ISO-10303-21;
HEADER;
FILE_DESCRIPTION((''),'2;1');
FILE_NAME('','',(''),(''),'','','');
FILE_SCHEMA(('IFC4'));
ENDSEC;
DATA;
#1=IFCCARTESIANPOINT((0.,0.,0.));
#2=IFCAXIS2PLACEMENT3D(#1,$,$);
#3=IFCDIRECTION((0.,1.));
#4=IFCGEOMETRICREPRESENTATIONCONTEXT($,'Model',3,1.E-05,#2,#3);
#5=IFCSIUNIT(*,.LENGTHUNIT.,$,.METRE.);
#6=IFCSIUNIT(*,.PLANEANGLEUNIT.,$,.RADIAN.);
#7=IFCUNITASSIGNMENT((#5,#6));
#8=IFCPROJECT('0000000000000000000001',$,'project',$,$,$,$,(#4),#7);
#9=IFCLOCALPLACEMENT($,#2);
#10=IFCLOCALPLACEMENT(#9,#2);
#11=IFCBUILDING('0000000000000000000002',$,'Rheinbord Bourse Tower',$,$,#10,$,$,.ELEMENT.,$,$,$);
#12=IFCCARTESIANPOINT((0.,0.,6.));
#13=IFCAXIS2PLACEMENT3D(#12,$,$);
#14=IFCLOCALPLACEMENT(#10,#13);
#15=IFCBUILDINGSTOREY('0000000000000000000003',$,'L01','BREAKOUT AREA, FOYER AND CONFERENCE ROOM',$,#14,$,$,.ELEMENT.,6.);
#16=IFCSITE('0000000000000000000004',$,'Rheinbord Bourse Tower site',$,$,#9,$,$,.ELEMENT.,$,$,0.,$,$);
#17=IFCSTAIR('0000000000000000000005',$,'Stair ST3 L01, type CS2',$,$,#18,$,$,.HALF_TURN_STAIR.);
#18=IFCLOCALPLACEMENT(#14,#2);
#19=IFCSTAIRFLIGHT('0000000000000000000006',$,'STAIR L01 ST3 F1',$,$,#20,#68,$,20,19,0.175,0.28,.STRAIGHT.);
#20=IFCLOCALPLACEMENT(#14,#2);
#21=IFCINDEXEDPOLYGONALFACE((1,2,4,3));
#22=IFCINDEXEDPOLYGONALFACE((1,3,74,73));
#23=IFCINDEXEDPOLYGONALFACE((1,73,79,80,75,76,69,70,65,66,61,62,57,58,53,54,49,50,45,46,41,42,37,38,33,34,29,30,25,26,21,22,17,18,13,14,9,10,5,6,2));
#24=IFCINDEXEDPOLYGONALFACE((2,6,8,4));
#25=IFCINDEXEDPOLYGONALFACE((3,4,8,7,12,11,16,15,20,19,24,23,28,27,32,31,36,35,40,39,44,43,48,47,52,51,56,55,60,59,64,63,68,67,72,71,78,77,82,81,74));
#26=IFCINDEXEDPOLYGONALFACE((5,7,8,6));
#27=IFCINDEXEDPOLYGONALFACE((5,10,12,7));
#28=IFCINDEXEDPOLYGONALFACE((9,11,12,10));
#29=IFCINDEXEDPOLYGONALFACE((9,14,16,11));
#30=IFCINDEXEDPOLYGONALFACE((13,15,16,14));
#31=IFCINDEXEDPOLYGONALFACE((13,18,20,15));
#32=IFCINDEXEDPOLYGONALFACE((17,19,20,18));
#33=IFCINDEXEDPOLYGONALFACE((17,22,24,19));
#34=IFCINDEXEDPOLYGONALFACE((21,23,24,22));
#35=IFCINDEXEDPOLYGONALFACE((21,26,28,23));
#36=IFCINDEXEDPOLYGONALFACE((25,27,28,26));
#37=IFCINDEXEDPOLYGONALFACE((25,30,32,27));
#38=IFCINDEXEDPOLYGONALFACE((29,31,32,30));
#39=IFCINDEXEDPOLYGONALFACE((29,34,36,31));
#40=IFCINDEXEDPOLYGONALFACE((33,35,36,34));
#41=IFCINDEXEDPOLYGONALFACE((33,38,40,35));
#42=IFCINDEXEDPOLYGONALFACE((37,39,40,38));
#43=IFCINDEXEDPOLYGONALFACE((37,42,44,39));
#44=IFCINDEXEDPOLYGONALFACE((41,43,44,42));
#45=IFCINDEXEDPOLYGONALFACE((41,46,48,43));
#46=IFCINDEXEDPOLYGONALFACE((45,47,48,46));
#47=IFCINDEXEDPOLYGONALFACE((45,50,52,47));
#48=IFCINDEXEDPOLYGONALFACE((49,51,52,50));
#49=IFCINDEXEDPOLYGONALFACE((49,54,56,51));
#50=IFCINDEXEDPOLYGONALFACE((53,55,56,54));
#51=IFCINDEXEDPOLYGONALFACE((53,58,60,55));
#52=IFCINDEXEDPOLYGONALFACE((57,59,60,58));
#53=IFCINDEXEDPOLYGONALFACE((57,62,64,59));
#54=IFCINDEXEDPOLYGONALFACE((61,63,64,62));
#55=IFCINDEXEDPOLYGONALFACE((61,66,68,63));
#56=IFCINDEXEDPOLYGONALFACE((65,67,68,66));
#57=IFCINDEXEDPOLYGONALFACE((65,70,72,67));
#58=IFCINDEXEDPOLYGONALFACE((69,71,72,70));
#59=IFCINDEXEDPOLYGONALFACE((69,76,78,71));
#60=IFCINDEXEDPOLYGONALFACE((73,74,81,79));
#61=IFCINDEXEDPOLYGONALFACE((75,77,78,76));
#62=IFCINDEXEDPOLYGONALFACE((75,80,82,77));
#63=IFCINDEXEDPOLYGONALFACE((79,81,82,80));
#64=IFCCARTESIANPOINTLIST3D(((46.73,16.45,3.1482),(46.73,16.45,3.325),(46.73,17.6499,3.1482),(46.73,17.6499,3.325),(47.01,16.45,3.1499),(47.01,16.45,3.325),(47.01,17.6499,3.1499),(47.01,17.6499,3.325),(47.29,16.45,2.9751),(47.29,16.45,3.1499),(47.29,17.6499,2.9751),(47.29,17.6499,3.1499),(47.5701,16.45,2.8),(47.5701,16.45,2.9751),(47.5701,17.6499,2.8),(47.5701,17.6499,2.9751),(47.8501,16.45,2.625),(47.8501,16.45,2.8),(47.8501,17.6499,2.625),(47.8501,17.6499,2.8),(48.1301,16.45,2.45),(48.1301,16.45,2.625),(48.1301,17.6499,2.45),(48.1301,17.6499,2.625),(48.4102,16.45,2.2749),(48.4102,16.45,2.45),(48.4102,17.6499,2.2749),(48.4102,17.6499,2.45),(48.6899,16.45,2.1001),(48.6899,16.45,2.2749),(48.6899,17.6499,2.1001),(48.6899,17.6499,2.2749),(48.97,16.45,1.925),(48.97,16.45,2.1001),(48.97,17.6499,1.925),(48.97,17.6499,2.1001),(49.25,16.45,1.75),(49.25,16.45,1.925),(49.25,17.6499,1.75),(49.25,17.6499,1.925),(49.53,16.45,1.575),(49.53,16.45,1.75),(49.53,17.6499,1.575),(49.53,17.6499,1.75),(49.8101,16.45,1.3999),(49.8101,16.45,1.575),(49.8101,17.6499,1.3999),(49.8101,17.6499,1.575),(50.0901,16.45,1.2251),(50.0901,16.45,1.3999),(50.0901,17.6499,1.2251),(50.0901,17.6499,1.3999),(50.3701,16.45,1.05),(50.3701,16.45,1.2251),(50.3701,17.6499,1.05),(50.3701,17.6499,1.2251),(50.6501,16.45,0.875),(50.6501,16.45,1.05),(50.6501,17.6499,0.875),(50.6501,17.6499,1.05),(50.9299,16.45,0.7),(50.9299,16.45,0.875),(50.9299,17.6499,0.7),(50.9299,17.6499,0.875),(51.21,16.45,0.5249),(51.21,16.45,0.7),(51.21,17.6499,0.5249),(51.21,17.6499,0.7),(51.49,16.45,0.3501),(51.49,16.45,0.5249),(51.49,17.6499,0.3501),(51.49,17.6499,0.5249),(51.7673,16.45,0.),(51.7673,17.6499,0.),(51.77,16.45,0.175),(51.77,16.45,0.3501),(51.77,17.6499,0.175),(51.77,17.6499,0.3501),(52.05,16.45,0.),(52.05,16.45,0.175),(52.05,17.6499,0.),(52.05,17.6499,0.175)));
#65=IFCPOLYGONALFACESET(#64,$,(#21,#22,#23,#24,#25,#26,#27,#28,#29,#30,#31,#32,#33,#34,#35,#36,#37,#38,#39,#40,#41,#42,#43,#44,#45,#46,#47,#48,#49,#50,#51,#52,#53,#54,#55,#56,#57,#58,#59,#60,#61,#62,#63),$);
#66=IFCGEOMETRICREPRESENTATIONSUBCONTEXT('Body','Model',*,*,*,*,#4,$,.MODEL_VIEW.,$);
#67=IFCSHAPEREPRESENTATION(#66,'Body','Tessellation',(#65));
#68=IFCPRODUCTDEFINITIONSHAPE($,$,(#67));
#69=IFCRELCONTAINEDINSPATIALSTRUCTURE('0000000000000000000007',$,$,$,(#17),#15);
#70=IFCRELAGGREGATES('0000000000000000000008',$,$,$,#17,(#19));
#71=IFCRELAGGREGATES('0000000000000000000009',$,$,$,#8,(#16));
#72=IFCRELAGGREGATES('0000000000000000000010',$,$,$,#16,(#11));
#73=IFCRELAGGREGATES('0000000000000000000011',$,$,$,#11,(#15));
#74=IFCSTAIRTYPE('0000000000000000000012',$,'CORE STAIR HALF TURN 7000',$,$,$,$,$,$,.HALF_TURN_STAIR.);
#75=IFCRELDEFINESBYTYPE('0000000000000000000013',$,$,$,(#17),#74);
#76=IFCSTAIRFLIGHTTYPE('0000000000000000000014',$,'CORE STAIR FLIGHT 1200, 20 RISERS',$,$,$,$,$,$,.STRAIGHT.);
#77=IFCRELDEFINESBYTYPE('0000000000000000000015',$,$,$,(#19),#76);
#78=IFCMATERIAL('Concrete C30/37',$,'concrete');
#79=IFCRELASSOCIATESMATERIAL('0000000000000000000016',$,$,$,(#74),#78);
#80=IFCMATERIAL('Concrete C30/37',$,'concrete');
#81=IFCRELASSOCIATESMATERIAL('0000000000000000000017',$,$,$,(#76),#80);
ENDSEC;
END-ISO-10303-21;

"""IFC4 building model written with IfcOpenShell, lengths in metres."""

from ifc_helpers import new_model, si_unit, direction, frame, origin, place, context, subcontext, project, spatial, polyline, outline, extrude, material, type_object, element, aggregate, save


model = new_model("IFC4")

# Units and contexts
model_context = context("Model", 3, precision=1e-05, world=origin(), true_north=direction((0.0, 1.0)))
body_context = subcontext(model_context, "Body", "Model", "MODEL_VIEW")
ifc_project = project(units=[si_unit("LENGTHUNIT", "METRE"), si_unit("PLANEANGLEUNIT", "RADIAN")], contexts=[model_context])

# Site, building, storey
site_placement = place(None, origin())
site = spatial("IfcSite", under=ifc_project, at=site_placement, Name="Rheinbord Bourse Tower site", CompositionType="ELEMENT", RefElevation=0.0)
building_placement = place(site_placement, origin())
building = spatial("IfcBuilding", under=site, at=building_placement, Name="Rheinbord Bourse Tower", CompositionType="ELEMENT")
storey_placement = place(building_placement, frame((0.0, 0.0, 6.0)))
storey = spatial("IfcBuildingStorey", under=building, at=storey_placement, Name="L01", Description="BREAKOUT AREA, FOYER AND CONFERENCE ROOM", CompositionType="ELEMENT", Elevation=6.0)

# Stair, stair flight
ifc_material_1 = material(Name="Concrete C30/37", Category="concrete")
stair_type = type_object("IfcStairType", Name="CORE STAIR HALF TURN 7000", PredefinedType="HALF_TURN_STAIR", material=ifc_material_1)
stair_placement = place(storey_placement, origin())
stair = element("IfcStair", 1, at=stair_placement, inside=storey, type_object=stair_type, Name="Stair ST3 L01, type CS2", PredefinedType="HALF_TURN_STAIR")
ifc_material_2 = material(Name="Concrete C30/37", Category="concrete")
stair_flight_type = type_object("IfcStairFlightType", Name="CORE STAIR FLIGHT 1200, 20 RISERS", PredefinedType="STRAIGHT", material=ifc_material_2)
stair_flight_placement = place(storey_placement, frame((52.05, 17.05, 0.0), z_axis=(0.0, 0.0, 1.0), x_axis=(-1.0, 0.0, 0.0)))
stair_flight = element("IfcStairFlight", 2, at=stair_flight_placement, type_object=stair_flight_type, Name="STAIR L01 ST3 F1", NumberOfRisers=20, NumberOfTreads=19, PredefinedType="STRAIGHT", RiserHeight=0.175, TreadLength=0.28, context=body_context, shape_type="SweptSolid", body=[
    extrude(outline(polyline([(0.0, 0.0), (0.0, 0.175), (0.28, 0.175), (0.28, 0.3501), (0.5601, 0.3501), (0.5601, 0.5249), (0.8401, 0.5249), (0.8401, 0.7), (1.1201, 0.7), (1.1201, 0.875), (1.3999, 0.875), (1.3999, 1.05), (1.6799, 1.05), (1.6799, 1.2251), (1.96, 1.2251), (1.96, 1.3999), (2.24, 1.3999), (2.24, 1.575), (2.52, 1.575), (2.52, 1.75), (2.8, 1.75), (2.8, 1.925), (3.0801, 1.925), (3.0801, 2.1001), (3.3601, 2.1001), (3.3601, 2.2749), (3.6399, 2.2749), (3.6399, 2.45), (3.9199, 2.45), (3.9199, 2.625), (4.2, 2.625), (4.2, 2.8), (4.48, 2.8), (4.48, 2.9751), (4.76, 2.9751), (4.76, 3.1499), (5.04, 3.1499), (5.04, 3.325), (5.3201, 3.325), (5.3201, 3.5), (5.3201, 3.1482), (0.2827, 0.0), (0.0, 0.0)])), frame((0.0, 0.6001, 0.0), z_axis=(0.0, -1.0, 0.0), x_axis=(1.0, 0.0, 0.0)), (0.0, 0.0, 1.0), 1.2),
])
aggregate(stair, [stair_flight])

save(model, "model.ifc")
